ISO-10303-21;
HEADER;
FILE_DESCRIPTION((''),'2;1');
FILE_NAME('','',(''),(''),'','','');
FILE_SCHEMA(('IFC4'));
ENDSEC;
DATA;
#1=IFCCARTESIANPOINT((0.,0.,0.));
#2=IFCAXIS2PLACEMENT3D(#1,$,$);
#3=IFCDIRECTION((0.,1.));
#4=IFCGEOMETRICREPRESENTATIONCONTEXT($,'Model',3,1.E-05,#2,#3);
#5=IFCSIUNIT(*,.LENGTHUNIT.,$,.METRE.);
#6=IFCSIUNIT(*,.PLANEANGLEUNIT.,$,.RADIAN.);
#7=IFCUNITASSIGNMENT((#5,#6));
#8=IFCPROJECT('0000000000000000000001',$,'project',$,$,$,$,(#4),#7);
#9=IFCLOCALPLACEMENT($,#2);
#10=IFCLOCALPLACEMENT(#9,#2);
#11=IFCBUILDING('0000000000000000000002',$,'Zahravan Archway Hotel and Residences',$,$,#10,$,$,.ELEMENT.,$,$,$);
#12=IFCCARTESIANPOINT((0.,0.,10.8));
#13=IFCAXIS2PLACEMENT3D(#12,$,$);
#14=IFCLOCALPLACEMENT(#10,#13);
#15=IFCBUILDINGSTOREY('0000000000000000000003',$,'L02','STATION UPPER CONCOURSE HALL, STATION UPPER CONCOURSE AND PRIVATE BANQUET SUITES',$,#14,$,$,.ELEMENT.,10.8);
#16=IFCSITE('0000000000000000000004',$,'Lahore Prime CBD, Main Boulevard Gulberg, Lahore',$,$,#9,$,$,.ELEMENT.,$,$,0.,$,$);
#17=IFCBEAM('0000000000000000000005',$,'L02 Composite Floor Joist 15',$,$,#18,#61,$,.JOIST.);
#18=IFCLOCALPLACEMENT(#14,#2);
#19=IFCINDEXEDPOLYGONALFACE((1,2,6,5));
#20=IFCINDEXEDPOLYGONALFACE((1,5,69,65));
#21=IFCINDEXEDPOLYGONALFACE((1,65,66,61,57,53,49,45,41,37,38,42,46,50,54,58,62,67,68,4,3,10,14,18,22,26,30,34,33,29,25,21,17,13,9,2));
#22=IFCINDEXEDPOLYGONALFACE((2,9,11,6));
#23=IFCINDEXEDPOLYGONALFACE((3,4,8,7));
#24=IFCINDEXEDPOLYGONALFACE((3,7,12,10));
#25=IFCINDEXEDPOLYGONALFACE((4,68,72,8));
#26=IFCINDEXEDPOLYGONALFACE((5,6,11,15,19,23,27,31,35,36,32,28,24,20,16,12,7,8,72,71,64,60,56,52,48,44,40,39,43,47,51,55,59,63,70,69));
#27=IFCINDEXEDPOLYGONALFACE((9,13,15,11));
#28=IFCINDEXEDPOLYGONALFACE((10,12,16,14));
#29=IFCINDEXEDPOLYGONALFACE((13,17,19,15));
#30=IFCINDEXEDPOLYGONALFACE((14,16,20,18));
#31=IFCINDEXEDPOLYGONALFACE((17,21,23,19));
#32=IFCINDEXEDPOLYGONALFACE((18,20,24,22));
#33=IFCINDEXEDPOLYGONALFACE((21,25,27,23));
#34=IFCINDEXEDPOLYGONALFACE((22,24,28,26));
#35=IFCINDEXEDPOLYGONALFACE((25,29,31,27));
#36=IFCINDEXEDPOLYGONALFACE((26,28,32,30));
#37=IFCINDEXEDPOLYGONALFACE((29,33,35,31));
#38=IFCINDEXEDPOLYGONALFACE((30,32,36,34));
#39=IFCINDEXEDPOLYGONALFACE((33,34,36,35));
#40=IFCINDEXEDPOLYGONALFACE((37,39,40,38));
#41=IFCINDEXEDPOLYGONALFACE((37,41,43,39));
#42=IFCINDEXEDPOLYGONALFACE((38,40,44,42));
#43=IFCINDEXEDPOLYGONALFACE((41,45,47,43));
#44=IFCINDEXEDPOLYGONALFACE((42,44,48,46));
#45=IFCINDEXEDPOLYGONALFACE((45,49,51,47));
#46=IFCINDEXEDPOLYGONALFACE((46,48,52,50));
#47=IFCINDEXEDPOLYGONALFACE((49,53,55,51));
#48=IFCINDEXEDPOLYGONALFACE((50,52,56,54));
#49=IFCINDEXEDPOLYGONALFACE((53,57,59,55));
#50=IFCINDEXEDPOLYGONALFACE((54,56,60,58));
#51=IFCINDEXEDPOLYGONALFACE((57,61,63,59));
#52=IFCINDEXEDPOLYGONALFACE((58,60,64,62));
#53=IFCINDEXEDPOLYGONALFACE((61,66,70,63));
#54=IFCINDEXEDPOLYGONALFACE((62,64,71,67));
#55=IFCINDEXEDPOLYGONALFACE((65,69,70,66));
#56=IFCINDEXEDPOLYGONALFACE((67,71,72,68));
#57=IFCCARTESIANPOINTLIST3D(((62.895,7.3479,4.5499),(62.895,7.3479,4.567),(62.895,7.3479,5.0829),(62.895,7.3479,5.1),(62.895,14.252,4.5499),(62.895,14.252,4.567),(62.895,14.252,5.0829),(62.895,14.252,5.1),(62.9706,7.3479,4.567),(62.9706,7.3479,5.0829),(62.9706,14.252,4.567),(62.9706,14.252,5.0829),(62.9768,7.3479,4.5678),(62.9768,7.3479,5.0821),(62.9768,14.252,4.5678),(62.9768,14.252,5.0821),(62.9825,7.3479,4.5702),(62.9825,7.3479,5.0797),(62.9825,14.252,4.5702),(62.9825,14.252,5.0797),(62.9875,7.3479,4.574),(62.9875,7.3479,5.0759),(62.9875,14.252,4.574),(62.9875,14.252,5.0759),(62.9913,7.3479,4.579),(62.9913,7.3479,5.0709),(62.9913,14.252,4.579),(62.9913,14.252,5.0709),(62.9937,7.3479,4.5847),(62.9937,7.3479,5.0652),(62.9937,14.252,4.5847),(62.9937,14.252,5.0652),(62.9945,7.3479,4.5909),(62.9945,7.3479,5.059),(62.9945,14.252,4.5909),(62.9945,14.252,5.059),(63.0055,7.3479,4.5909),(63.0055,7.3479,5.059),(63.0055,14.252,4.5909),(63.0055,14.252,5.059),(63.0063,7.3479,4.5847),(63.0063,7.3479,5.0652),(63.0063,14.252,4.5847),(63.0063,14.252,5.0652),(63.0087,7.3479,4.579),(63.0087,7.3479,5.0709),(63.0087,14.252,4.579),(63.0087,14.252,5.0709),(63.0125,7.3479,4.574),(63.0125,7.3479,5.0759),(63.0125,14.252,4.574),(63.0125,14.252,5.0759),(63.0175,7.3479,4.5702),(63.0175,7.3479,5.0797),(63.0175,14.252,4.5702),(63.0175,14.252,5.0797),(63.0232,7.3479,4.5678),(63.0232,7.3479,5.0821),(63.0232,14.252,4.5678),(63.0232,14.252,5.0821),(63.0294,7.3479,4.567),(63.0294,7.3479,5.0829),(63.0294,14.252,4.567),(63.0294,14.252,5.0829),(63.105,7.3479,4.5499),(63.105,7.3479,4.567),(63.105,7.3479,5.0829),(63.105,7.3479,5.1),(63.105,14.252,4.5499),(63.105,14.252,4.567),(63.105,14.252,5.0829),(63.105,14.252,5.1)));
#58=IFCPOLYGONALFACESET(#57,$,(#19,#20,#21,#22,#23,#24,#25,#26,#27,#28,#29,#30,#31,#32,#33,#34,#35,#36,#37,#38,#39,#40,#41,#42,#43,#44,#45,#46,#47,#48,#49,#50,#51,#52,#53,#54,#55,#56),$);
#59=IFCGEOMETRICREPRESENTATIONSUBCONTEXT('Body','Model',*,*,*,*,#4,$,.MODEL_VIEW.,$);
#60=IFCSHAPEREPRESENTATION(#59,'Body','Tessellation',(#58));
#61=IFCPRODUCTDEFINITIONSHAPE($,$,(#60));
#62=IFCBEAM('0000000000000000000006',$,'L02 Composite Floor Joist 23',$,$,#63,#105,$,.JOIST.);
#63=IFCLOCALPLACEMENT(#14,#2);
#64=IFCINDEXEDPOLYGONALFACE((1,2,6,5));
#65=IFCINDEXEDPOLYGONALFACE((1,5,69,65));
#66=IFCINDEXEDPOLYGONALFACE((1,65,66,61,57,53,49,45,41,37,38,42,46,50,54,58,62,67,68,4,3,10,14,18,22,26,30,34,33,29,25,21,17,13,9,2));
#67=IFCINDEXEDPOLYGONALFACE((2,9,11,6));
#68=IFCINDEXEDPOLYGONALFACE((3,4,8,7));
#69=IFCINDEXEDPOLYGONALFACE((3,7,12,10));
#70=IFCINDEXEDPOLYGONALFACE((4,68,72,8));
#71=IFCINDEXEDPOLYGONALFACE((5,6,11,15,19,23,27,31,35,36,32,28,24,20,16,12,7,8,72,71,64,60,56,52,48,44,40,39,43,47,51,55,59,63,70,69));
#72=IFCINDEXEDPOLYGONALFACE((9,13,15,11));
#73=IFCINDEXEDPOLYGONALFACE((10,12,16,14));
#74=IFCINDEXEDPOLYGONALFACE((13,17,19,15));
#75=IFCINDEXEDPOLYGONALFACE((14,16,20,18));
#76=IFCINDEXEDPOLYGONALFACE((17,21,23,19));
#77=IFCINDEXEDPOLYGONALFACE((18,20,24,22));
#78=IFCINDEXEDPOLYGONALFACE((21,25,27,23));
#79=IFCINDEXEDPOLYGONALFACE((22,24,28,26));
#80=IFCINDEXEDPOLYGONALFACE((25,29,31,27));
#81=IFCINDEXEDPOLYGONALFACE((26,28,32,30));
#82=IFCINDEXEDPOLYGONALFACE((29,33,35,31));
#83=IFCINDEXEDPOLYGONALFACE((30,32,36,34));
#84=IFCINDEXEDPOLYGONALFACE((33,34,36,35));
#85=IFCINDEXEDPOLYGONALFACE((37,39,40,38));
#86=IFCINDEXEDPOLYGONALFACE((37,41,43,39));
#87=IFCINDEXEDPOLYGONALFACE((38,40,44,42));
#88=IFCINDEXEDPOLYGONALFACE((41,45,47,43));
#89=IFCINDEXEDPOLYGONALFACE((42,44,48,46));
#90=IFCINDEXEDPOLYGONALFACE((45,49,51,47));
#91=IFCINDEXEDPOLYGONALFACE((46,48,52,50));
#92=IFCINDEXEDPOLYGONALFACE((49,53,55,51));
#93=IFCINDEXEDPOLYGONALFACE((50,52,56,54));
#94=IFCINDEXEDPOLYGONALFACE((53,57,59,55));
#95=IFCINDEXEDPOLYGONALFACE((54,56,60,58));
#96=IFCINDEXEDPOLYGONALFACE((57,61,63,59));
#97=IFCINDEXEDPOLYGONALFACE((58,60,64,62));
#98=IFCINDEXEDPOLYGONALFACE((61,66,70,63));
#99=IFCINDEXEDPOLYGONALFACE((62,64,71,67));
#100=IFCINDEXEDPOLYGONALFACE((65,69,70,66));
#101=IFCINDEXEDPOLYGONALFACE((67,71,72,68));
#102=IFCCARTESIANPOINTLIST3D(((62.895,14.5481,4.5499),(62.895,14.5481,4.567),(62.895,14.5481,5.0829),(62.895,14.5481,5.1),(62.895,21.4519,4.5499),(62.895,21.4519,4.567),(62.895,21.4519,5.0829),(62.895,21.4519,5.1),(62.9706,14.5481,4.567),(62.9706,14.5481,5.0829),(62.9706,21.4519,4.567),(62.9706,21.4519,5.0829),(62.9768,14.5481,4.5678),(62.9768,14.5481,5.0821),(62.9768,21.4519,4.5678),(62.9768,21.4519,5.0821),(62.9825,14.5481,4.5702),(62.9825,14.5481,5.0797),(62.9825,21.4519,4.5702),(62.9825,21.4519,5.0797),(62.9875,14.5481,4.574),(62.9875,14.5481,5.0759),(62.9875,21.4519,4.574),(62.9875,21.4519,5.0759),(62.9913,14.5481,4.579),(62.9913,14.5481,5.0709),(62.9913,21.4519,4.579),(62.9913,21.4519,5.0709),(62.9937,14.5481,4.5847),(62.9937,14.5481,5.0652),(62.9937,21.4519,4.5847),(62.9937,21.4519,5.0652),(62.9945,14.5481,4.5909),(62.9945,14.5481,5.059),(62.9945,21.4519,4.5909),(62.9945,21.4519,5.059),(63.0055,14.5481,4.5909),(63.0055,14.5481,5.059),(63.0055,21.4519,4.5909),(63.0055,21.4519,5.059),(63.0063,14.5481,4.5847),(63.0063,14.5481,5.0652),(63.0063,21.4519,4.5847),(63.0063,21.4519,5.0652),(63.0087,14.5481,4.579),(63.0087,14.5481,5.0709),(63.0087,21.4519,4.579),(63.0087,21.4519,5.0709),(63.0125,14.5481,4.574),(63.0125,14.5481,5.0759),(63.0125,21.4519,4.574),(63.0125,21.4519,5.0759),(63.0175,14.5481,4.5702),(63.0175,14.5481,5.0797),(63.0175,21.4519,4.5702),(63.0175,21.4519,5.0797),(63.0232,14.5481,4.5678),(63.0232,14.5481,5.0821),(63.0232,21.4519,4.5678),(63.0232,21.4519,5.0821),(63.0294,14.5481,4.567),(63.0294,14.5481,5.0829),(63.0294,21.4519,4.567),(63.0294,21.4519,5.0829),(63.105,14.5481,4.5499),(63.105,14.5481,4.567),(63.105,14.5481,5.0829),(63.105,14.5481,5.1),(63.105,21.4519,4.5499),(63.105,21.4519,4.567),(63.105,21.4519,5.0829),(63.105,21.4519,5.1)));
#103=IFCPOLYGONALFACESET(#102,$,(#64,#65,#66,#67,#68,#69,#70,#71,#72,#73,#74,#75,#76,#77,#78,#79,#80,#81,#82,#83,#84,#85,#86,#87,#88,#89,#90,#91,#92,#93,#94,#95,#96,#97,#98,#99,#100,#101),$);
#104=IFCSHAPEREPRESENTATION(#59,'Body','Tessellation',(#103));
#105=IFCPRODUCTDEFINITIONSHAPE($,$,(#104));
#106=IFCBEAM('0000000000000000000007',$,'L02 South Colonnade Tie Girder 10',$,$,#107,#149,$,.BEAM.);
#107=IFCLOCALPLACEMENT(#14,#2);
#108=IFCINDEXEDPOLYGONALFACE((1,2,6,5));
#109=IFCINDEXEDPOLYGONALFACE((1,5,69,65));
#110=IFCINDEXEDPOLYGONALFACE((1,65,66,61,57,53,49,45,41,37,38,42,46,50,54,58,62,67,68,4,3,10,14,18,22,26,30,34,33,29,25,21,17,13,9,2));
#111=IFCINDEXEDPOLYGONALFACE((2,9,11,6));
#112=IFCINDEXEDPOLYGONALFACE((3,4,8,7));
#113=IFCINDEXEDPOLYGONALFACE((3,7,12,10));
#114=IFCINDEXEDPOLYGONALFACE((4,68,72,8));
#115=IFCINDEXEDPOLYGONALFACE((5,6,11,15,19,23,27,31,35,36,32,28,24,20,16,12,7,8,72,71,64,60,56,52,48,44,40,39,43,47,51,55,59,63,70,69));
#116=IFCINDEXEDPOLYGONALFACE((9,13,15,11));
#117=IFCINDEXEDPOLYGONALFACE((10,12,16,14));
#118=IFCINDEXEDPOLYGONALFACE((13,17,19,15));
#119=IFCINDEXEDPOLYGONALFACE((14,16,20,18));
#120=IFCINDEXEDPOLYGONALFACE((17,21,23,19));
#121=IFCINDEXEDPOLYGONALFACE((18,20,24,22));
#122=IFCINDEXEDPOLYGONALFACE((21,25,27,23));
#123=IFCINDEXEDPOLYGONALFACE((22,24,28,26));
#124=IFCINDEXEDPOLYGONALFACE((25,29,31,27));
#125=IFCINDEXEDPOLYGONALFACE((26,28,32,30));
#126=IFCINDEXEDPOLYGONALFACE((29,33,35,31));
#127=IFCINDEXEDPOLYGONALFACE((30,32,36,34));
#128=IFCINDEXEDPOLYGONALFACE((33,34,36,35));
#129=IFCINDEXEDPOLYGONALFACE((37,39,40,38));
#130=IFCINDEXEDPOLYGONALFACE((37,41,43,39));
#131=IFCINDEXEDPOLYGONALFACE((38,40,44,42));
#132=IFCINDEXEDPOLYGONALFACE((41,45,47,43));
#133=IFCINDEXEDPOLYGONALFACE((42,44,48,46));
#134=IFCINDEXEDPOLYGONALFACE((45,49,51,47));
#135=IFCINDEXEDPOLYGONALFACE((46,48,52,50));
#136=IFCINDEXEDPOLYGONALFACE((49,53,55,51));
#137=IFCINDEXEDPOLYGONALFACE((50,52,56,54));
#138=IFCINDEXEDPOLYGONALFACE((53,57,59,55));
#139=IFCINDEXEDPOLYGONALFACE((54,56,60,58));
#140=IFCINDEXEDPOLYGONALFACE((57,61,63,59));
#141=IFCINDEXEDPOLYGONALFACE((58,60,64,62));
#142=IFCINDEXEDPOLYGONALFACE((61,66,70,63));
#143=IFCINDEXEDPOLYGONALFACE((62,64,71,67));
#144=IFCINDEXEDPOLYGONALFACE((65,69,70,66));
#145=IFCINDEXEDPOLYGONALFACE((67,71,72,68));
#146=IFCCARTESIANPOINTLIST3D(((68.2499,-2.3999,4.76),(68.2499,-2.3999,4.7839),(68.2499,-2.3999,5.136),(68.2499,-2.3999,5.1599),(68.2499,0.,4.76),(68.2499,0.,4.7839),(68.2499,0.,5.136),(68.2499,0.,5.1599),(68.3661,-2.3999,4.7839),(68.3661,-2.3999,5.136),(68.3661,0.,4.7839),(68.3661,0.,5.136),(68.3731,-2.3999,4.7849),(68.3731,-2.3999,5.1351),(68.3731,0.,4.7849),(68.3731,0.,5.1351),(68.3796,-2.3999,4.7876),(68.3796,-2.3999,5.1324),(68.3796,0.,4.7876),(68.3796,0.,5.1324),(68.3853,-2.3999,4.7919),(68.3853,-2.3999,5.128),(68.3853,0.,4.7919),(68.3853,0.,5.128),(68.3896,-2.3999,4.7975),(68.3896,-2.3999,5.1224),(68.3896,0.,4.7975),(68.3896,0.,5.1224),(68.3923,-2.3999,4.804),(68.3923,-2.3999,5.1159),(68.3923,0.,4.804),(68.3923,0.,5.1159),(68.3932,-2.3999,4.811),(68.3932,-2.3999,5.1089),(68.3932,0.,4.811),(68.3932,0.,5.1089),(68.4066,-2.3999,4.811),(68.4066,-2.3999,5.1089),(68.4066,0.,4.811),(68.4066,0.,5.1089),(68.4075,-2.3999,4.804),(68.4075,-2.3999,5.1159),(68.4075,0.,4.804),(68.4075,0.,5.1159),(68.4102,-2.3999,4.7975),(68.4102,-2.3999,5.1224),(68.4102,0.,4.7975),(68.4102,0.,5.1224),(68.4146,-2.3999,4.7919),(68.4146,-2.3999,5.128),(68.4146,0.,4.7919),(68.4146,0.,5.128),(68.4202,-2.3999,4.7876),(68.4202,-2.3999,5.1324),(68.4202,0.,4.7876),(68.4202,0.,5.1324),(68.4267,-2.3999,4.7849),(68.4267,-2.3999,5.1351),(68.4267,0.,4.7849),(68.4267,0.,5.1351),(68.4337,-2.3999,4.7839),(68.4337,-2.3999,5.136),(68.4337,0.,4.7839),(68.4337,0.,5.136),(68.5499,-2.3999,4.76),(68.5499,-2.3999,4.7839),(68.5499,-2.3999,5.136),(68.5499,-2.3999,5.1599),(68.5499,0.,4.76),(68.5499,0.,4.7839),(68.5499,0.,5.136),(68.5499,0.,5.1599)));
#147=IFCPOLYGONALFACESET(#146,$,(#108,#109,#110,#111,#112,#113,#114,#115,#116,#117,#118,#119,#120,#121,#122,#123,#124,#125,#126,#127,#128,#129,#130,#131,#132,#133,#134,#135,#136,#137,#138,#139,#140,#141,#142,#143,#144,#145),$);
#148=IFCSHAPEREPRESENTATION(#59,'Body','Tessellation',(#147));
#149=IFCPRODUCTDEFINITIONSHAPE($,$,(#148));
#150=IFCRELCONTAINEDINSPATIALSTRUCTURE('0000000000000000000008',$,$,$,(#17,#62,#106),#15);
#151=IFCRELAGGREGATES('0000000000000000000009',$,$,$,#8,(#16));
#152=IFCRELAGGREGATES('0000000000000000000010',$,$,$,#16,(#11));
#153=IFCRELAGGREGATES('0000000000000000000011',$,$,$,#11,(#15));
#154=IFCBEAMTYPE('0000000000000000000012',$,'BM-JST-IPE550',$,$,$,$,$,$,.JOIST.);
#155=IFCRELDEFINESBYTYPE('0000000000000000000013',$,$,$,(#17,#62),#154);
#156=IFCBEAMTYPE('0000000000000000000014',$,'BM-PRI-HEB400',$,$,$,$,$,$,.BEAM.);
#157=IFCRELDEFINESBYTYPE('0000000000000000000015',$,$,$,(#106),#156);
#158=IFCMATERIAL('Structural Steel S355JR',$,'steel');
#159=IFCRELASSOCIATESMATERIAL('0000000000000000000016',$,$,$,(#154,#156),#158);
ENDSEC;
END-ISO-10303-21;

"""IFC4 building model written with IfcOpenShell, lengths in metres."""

from ifc_helpers import new_model, si_unit, direction, frame, origin, origin_2d, place, context, subcontext, project, spatial, i_section, extrude, source, transform, mapped, material, material_profile, profile_set, type_object, type_shapes, element, save


model = new_model("IFC4")

# Units and contexts
model_context = context("Model", 3, precision=1e-05, world=origin(), true_north=direction((0.0, 1.0)))
body_context = subcontext(model_context, "Body", "Model", "MODEL_VIEW")
ifc_project = project(units=[si_unit("LENGTHUNIT", "METRE"), si_unit("PLANEANGLEUNIT", "RADIAN")], contexts=[model_context])

# Site, building, storey
site_placement = place(None, origin())
site = spatial("IfcSite", under=ifc_project, at=site_placement, Name="Lahore Prime CBD, Main Boulevard Gulberg, Lahore", CompositionType="ELEMENT", RefElevation=0.0)
building_placement = place(site_placement, origin())
building = spatial("IfcBuilding", under=site, at=building_placement, Name="Zahravan Archway Hotel and Residences", CompositionType="ELEMENT")
storey_placement = place(building_placement, frame((0.0, 0.0, 10.8)))
storey = spatial("IfcBuildingStorey", under=building, at=storey_placement, Name="L02", Description="STATION UPPER CONCOURSE HALL, STATION UPPER CONCOURSE AND PRIVATE BANQUET SUITES", CompositionType="ELEMENT", Elevation=10.8)

# Beams
ifc_material_1 = material(Name="Structural Steel S355JR", Category="steel")
ifc_material_profile_1 = material_profile(ifc_material_1, i_section(OverallWidth=0.21, OverallDepth=0.55, WebThickness=0.011, FlangeThickness=0.0171, FilletRadius=0.0239, at=origin_2d()), Name="IPE 550", Category="steel")
ifc_profile_set_1 = profile_set([ifc_material_profile_1], Name="Structural Steel S355JR")
beam_type_1 = type_object("IfcBeamType", Name="BM-JST-IPE550", PredefinedType="JOIST", material=ifc_profile_set_1)
shared_shape_1 = source(origin(), body_context, "Body", "SweptSolid", [
    extrude(i_section(OverallWidth=0.21, OverallDepth=0.55, WebThickness=0.011, FlangeThickness=0.0171, FilletRadius=0.0239, at=origin_2d()), origin(), (0.0, 0.0, 1.0), 6.9041),
])
type_shapes(beam_type_1, [shared_shape_1])
for number, where, z_axis, x_axis, name in (
    (1, (63.0, 7.3479, 4.825), (0.0, 1.0, 0.0), (-1.0, 0.0, 0.0), "L02 Composite Floor Joist 15"),
):
    element("IfcBeam", number, at=place(storey_placement, frame(where, z_axis=z_axis, x_axis=x_axis)), inside=storey, type_object=beam_type_1, Name=name, PredefinedType="JOIST", context=body_context, shape_type="MappedRepresentation", body=[
        mapped(shared_shape_1, transform((0.0, 0.0, 0.0), scale=1.0)),
    ])
shared_shape_2 = source(origin(), body_context, "Body", "SweptSolid", [
    extrude(i_section(OverallWidth=0.21, OverallDepth=0.55, WebThickness=0.011, FlangeThickness=0.0171, FilletRadius=0.0239, at=origin_2d()), origin(), (0.0, 0.0, 1.0), 6.9038),
])
beam_1_placement = place(storey_placement, frame((63.0, 14.5481, 4.825), z_axis=(0.0, 1.0, 0.0), x_axis=(-1.0, 0.0, 0.0)))
element("IfcBeam", 2, at=beam_1_placement, inside=storey, type_object=beam_type_1, Name="L02 Composite Floor Joist 23", PredefinedType="JOIST", context=body_context, shape_type="MappedRepresentation", body=[
    mapped(shared_shape_2, transform((0.0, 0.0, 0.0), scale=1.0)),
])
ifc_material_profile_2 = material_profile(ifc_material_1, i_section(OverallWidth=0.3, OverallDepth=0.3999, WebThickness=0.0134, FlangeThickness=0.0239, FilletRadius=0.0271, at=origin_2d()), Name="HEB 400", Category="steel")
ifc_profile_set_2 = profile_set([ifc_material_profile_2], Name="Structural Steel S355JR")
beam_type_2 = type_object("IfcBeamType", Name="BM-PRI-HEB400", PredefinedType="BEAM", material=ifc_profile_set_2)
shared_shape_3 = source(origin(), body_context, "Body", "SweptSolid", [
    extrude(i_section(OverallWidth=0.3, OverallDepth=0.3999, WebThickness=0.0134, FlangeThickness=0.0239, FilletRadius=0.0271, at=origin_2d()), origin(), (0.0, 0.0, 1.0), 2.3999),
])
beam_2_placement = place(storey_placement, frame((68.3999, -2.3999, 4.96), z_axis=(0.0, 1.0, 0.0), x_axis=(-1.0, 0.0, 0.0)))
element("IfcBeam", 3, at=beam_2_placement, inside=storey, type_object=beam_type_2, Name="L02 South Colonnade Tie Girder 10", PredefinedType="BEAM", context=body_context, shape_type="MappedRepresentation", body=[
    mapped(shared_shape_3, transform((0.0, 0.0, 0.0), scale=1.0)),
])

save(model, "model.ifc")
